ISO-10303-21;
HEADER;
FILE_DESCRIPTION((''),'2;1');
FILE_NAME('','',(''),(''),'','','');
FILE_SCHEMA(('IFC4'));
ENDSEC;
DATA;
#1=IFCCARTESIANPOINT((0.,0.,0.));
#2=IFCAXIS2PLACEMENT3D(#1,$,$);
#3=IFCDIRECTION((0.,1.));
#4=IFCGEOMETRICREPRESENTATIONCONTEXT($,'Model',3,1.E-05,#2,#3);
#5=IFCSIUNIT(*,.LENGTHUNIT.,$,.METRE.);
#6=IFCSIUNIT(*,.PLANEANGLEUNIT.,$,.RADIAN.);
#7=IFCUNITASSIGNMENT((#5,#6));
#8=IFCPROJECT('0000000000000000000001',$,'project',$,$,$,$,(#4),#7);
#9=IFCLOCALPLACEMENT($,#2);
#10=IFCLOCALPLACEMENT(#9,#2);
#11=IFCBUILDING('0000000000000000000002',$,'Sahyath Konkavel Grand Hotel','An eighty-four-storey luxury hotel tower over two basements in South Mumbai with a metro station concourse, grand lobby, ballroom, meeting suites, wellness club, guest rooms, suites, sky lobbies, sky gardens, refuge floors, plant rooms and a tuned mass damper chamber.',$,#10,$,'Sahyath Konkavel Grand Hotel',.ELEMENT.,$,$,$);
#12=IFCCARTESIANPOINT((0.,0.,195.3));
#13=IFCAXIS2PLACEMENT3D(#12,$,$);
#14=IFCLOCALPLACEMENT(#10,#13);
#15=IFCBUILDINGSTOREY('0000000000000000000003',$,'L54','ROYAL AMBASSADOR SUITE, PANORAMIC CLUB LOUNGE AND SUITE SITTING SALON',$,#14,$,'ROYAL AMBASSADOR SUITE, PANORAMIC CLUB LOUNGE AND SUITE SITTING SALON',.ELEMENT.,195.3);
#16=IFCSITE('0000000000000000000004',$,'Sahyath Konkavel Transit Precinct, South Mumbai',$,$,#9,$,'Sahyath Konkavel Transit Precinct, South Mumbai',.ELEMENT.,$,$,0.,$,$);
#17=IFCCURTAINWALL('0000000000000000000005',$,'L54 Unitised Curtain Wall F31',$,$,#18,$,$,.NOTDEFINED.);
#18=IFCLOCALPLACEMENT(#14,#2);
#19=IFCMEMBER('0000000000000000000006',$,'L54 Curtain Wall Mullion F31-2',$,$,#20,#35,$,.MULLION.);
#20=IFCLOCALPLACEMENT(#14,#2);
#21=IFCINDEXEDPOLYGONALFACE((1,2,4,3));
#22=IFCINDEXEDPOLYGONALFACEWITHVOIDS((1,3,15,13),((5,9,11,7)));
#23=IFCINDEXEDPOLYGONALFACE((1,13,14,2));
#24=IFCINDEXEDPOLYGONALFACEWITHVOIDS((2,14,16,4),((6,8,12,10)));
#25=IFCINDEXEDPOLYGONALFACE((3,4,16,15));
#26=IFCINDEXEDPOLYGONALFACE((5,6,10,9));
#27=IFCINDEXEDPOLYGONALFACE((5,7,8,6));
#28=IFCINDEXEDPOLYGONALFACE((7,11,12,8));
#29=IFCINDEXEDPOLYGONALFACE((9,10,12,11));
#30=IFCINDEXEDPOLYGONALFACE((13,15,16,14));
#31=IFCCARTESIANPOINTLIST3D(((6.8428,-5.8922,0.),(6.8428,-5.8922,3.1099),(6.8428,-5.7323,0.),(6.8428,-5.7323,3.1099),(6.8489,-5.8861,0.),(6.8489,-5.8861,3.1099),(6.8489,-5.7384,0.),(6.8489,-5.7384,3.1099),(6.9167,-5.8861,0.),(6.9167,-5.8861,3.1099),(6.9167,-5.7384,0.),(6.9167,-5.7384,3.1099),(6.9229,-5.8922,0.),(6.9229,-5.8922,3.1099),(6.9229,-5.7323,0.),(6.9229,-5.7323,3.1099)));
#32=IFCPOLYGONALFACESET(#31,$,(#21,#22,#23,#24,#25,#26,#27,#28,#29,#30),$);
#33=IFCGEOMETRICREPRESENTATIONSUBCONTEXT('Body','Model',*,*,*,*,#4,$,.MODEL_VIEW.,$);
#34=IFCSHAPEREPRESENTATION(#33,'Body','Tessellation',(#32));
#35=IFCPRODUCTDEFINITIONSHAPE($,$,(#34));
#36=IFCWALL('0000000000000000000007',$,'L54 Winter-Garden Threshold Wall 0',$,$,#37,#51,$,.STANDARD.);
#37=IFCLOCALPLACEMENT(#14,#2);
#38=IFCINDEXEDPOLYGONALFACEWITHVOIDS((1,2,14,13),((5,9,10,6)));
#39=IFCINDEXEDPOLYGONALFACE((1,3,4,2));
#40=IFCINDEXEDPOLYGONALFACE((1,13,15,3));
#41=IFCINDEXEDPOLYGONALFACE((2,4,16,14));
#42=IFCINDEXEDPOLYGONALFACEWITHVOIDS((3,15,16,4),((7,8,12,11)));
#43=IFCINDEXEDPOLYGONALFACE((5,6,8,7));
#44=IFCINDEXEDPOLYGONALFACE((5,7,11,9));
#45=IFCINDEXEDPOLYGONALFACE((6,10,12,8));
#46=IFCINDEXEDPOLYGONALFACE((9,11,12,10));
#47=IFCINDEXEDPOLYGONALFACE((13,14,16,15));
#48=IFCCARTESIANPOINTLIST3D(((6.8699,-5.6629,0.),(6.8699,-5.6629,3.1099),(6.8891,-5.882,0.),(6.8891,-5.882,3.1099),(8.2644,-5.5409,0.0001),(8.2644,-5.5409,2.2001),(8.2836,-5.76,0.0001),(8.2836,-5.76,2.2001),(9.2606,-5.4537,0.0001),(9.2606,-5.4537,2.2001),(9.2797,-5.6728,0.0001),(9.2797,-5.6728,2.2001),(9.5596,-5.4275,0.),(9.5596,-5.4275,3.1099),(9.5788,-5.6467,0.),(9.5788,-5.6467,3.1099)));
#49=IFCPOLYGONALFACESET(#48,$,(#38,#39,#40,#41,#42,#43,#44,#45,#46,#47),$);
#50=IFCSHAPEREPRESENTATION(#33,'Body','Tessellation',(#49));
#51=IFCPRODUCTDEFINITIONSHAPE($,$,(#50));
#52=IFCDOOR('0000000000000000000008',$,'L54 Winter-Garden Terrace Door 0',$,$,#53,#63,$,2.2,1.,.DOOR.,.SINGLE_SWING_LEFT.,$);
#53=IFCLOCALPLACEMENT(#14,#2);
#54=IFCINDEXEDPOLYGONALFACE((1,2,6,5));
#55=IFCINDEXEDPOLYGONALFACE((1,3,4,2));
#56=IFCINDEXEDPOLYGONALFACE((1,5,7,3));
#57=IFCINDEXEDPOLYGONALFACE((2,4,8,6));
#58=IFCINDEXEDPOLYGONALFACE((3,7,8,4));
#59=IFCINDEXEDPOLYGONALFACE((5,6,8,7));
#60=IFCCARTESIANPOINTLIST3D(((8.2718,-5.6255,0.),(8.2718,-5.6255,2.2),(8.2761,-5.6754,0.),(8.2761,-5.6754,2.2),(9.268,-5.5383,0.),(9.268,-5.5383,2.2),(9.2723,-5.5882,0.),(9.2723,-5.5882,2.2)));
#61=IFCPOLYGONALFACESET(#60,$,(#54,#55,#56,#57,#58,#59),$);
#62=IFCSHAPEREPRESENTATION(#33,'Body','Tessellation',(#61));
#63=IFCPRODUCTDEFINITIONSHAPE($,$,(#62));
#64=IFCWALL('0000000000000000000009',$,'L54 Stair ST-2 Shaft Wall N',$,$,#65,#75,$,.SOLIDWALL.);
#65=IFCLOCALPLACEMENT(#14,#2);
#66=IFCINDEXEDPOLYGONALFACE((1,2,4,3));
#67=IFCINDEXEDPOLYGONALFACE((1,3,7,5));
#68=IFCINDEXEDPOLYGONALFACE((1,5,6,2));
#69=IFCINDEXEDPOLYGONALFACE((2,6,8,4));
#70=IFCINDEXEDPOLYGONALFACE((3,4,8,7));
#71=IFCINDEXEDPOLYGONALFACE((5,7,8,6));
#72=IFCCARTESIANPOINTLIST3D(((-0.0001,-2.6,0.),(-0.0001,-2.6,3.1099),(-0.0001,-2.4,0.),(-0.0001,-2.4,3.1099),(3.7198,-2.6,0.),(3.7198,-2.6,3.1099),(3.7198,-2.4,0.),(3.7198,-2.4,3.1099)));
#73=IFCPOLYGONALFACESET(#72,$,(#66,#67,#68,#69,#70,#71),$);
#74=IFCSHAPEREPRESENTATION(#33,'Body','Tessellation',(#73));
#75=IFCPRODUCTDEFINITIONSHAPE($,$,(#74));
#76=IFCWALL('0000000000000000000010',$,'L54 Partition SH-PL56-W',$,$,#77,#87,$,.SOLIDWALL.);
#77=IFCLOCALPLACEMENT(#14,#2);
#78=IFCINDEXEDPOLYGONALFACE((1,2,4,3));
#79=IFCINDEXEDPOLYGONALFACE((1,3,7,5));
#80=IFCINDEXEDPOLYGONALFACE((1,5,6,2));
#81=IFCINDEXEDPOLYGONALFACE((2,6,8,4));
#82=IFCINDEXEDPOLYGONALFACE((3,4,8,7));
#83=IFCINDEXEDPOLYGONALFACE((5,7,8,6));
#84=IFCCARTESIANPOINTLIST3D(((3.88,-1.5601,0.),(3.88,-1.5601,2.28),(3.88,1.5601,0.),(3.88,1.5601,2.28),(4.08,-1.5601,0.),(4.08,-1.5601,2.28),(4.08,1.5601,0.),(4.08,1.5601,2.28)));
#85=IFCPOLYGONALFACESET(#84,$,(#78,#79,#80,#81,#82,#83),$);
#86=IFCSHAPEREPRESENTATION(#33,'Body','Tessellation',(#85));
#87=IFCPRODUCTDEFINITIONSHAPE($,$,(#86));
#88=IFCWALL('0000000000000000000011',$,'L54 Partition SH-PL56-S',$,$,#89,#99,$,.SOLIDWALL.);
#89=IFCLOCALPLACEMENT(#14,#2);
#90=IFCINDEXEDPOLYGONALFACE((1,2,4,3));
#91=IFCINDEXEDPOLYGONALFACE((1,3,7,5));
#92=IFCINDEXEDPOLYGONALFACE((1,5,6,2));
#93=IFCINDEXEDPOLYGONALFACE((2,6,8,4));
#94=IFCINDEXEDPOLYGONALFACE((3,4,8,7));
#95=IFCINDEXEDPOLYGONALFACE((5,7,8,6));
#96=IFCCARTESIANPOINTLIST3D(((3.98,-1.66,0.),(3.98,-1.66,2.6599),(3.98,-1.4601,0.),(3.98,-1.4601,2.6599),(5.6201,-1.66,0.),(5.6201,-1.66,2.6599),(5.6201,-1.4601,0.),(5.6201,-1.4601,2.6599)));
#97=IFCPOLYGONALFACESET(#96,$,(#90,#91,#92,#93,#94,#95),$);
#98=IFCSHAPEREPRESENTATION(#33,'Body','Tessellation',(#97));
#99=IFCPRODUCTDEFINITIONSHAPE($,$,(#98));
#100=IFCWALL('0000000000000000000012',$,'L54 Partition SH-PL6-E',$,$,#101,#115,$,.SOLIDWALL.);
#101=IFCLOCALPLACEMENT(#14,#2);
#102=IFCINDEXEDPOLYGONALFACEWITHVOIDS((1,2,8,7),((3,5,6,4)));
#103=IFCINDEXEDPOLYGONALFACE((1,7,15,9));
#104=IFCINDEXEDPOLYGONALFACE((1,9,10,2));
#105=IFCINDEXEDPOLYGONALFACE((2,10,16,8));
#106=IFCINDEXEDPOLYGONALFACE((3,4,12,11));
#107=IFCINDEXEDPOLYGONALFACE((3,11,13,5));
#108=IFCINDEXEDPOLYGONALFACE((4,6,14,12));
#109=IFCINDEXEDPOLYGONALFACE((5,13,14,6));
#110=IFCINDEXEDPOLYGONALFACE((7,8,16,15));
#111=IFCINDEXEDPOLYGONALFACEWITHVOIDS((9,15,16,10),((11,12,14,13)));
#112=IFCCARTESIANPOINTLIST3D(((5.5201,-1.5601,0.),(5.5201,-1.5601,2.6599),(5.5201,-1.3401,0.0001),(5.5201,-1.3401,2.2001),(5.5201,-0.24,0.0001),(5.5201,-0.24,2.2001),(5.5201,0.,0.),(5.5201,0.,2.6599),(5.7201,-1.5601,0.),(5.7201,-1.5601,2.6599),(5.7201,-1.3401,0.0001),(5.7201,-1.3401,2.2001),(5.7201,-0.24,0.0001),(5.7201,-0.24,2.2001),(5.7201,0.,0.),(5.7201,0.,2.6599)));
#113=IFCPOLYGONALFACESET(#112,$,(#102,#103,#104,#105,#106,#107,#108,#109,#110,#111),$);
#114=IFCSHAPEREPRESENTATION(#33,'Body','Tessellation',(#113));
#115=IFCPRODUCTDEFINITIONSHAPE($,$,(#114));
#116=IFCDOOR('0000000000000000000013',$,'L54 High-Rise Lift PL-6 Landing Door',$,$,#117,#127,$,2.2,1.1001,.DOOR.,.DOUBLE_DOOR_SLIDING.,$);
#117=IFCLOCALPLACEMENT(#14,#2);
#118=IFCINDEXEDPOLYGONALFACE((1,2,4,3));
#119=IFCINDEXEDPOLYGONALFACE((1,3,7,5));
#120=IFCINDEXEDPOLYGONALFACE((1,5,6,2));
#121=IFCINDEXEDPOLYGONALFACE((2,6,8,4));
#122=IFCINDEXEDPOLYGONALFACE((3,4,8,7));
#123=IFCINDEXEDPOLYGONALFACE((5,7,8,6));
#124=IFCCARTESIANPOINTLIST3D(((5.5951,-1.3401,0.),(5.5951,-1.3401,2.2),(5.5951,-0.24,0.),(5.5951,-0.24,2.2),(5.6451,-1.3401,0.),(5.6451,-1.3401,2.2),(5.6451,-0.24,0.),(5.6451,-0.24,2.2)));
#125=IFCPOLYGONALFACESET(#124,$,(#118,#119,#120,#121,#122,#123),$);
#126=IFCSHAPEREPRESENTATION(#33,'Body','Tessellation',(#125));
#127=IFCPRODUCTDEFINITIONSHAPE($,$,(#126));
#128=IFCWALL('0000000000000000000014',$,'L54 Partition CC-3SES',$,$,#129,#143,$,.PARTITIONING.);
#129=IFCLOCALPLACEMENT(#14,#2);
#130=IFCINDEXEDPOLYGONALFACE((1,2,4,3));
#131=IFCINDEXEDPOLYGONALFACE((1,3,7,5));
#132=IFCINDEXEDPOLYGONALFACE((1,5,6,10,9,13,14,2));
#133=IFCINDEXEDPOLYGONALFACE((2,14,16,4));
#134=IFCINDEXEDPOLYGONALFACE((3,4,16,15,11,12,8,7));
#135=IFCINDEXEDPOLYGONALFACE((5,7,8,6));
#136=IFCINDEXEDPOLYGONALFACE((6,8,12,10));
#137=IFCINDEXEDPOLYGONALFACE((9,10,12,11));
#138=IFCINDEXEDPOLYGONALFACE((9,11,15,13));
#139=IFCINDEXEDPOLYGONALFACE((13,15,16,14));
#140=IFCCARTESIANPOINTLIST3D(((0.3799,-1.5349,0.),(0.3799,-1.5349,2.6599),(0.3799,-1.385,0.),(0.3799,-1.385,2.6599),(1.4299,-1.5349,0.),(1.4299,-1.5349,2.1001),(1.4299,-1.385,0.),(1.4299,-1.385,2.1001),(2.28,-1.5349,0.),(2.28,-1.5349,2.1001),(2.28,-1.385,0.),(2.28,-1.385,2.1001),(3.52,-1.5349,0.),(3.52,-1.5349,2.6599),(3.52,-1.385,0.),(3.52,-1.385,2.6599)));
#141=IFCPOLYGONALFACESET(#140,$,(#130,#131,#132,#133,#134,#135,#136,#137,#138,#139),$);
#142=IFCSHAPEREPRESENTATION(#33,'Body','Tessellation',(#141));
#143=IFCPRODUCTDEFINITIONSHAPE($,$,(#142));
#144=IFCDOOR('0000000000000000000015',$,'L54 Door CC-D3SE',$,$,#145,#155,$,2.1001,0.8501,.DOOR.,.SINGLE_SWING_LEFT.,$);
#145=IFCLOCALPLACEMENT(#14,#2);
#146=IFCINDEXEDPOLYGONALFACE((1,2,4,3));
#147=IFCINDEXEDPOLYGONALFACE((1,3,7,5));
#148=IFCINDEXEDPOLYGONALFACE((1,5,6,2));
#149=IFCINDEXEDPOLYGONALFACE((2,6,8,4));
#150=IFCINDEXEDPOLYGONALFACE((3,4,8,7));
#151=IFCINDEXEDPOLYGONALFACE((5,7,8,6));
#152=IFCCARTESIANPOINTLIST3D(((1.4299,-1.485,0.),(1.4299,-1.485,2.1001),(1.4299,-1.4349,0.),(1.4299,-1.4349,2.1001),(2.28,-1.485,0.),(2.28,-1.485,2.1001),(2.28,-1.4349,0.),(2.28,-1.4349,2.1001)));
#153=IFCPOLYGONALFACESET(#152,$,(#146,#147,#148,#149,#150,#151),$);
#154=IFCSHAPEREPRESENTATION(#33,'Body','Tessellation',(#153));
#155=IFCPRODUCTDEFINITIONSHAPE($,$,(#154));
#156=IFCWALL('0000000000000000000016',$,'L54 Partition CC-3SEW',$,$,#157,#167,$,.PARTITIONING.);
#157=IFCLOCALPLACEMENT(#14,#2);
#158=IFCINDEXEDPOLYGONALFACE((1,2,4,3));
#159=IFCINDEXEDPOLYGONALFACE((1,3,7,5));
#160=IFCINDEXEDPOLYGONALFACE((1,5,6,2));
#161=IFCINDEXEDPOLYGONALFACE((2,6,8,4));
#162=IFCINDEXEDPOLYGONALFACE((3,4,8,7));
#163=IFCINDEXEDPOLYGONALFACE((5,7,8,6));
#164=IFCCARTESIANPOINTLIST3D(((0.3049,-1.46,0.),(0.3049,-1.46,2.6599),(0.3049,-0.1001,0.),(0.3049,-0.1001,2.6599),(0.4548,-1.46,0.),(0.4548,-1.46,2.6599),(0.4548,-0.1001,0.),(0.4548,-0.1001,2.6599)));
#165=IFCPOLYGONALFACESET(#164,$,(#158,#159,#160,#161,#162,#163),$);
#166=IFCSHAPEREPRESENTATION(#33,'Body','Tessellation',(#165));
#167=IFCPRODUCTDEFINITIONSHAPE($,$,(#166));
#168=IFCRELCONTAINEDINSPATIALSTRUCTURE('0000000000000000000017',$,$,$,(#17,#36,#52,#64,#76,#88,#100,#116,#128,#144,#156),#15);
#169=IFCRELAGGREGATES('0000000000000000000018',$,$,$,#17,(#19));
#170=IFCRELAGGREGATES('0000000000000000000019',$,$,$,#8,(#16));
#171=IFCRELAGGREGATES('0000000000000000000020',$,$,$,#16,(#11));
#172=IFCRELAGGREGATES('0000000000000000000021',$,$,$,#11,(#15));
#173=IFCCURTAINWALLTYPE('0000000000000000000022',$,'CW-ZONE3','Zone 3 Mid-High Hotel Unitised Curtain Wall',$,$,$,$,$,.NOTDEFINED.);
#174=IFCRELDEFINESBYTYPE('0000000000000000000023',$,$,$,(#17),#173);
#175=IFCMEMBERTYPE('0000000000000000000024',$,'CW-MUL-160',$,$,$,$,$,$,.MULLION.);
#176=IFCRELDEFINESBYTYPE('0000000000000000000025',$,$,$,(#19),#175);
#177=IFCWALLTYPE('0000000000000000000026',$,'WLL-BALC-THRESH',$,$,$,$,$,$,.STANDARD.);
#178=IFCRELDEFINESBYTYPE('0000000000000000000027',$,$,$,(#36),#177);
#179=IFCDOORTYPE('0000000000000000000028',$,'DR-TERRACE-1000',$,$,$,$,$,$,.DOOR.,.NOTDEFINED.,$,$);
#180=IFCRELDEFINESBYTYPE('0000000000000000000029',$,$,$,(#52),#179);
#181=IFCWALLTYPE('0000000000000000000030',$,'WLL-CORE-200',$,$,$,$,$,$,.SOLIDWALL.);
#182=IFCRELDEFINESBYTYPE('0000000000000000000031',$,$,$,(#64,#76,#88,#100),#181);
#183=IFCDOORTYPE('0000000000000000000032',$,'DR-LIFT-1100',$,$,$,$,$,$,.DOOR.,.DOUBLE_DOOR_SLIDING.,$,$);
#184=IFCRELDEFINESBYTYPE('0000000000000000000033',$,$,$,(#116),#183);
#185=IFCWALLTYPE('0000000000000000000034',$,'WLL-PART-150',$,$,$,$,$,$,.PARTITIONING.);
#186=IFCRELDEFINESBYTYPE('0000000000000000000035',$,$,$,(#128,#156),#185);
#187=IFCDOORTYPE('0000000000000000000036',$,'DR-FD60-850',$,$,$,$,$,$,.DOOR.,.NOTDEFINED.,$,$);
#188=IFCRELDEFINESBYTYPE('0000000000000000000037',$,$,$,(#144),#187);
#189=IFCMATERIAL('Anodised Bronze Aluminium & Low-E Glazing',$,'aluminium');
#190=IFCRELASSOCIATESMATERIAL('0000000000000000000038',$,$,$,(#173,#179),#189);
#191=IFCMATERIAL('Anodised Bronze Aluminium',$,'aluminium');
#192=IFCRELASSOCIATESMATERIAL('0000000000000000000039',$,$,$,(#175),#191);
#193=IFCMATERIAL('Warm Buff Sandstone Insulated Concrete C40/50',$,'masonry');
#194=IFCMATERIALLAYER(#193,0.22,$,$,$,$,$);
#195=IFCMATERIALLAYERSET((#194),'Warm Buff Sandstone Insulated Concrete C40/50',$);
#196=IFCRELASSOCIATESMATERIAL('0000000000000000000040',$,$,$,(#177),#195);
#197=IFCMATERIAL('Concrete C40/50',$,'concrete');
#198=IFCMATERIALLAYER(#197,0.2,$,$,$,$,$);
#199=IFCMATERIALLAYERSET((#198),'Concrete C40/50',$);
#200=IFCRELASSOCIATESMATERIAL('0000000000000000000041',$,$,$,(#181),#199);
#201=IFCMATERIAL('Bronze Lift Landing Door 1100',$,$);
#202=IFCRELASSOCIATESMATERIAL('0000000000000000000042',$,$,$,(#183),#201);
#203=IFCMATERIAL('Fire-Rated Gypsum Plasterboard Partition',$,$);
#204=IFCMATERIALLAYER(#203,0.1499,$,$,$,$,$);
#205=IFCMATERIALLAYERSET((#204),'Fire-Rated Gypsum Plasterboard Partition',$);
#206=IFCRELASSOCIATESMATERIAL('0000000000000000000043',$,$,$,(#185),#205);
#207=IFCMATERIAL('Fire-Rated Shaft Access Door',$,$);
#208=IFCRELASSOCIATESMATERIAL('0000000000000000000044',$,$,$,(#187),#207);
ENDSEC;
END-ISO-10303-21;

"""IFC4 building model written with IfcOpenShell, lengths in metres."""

from ifc_helpers import new_model, si_unit, direction, frame, frame_2d, origin, origin_2d, place, context, subcontext, project, spatial, rectangle, hollow_rectangle, extrude, source, transform, mapped, material, layer, layer_set, material_profile, profile_set, type_object, element, fill, aggregate, save


model = new_model("IFC4")

# Units and contexts
model_context = context("Model", 3, precision=1e-05, world=origin(), true_north=direction((0.0, 1.0)))
body_context = subcontext(model_context, "Body", "Model", "MODEL_VIEW")
ifc_project = project(units=[si_unit("LENGTHUNIT", "METRE"), si_unit("PLANEANGLEUNIT", "RADIAN")], contexts=[model_context])

# Site, building, storey
site_placement = place(None, origin())
site = spatial("IfcSite", under=ifc_project, at=site_placement, Name="Sahyath Konkavel Transit Precinct, South Mumbai", LongName="Sahyath Konkavel Transit Precinct, South Mumbai", CompositionType="ELEMENT", RefElevation=0.0)
building_placement = place(site_placement, origin())
building = spatial("IfcBuilding", under=site, at=building_placement, Name="Sahyath Konkavel Grand Hotel", Description="An eighty-four-storey luxury hotel tower over two basements in South Mumbai with a metro station concourse, grand lobby, ballroom, meeting suites, wellness club, guest rooms, suites, sky lobbies, sky gardens, refuge floors, plant rooms and a tuned mass damper chamber.", LongName="Sahyath Konkavel Grand Hotel", CompositionType="ELEMENT")
storey_placement = place(building_placement, frame((0.0, 0.0, 195.3)))
storey = spatial("IfcBuildingStorey", under=building, at=storey_placement, Name="L54", Description="ROYAL AMBASSADOR SUITE, PANORAMIC CLUB LOUNGE AND SUITE SITTING SALON", LongName="ROYAL AMBASSADOR SUITE, PANORAMIC CLUB LOUNGE AND SUITE SITTING SALON", CompositionType="ELEMENT", Elevation=195.3)

# Curtain wall, member
ifc_material_1 = material(Name="Anodised Bronze Aluminium & Low-E Glazing", Category="aluminium")
curtain_wall_type = type_object("IfcCurtainWallType", Name="CW-ZONE3", Description="Zone 3 Mid-High Hotel Unitised Curtain Wall", PredefinedType="NOTDEFINED", material=ifc_material_1)
curtain_wall_placement = place(storey_placement, origin())
curtain_wall = element("IfcCurtainWall", 1, at=curtain_wall_placement, inside=storey, type_object=curtain_wall_type, Name="L54 Unitised Curtain Wall F31", PredefinedType="NOTDEFINED")
ifc_material_2 = material(Name="Anodised Bronze Aluminium", Category="aluminium")
ifc_material_profile_1 = material_profile(ifc_material_2, hollow_rectangle(XDim=0.0801, YDim=0.1599, WallThickness=0.0061, at=origin_2d()), Name="RHS 160x80x6")
ifc_profile_set_1 = profile_set([ifc_material_profile_1], Name="Anodised Bronze Aluminium")
member_type = type_object("IfcMemberType", Name="CW-MUL-160", PredefinedType="MULLION", material=ifc_profile_set_1)
shared_shape_1 = source(origin(), body_context, "Body", "SweptSolid", [
    extrude(hollow_rectangle(XDim=0.0801, YDim=0.1599, WallThickness=0.0061, at=origin_2d()), origin(), (0.0, 0.0, 1.0), 3.1099),
])
member_placement = place(storey_placement, frame((6.8828, -5.8123, 0.0), z_axis=(0.0, 0.0, 1.0), x_axis=(1.0, 0.0, 0.0)))
member = element("IfcMember", 2, at=member_placement, type_object=member_type, Name="L54 Curtain Wall Mullion F31-2", PredefinedType="MULLION", context=body_context, shape_type="MappedRepresentation", body=[
    mapped(shared_shape_1, transform((0.0, 0.0, 0.0), scale=1.0)),
])
aggregate(curtain_wall, [member])

# Wall, opening, door
ifc_material_3 = material(Name="Warm Buff Sandstone Insulated Concrete C40/50", Category="masonry")
ifc_layer_1 = layer(ifc_material_3, 0.22)
ifc_layer_set_1 = layer_set([ifc_layer_1], Name="Warm Buff Sandstone Insulated Concrete C40/50")
wall_type_1 = type_object("IfcWallType", Name="WLL-BALC-THRESH", PredefinedType="STANDARD", material=ifc_layer_set_1)
wall_1_placement = place(storey_placement, frame((6.8794, -5.7725, 0.0), z_axis=(0.0, 0.0, 1.0), x_axis=(0.996194, 0.087168, 0.0)))
wall_1 = element("IfcWall", 3, at=wall_1_placement, inside=storey, type_object=wall_type_1, Name="L54 Winter-Garden Threshold Wall 0", PredefinedType="STANDARD", context=body_context, shape_type="SweptSolid", body=[
    extrude(rectangle(XDim=2.7, YDim=0.22, at=frame_2d((1.3501, 0.0))), origin(), (0.0, 0.0, 1.0), 3.1099),
])
opening_1_placement = place(wall_1_placement, frame((1.3999, 0.0, 0.0)))
opening_1 = element("IfcOpeningElement", 4, at=opening_1_placement, cuts=wall_1, PredefinedType="OPENING", context=body_context, shape_type="SweptSolid", body=[
    extrude(rectangle(XDim=1.0, YDim=2.2, at=frame_2d((0.5, 1.1001))), frame((0.0, 0.1201, 0.0), z_axis=(0.0, -1.0, 0.0), x_axis=(1.0, 0.0, 0.0)), (0.0, 0.0, 1.0), 0.24),
])
door_type_1 = type_object("IfcDoorType", Name="DR-TERRACE-1000", OperationType="NOTDEFINED", PredefinedType="DOOR", material=ifc_material_1)
shared_shape_2 = source(origin(), body_context, "Body", "SweptSolid", [
    extrude(rectangle(XDim=1.0, YDim=0.05, at=origin_2d()), origin(), (0.0, 0.0, 1.0), 2.2),
])
door_1_placement = place(opening_1_placement, frame((0.5, 0.0, 0.0)))
door_1 = element("IfcDoor", 5, at=door_1_placement, inside=storey, type_object=door_type_1, Name="L54 Winter-Garden Terrace Door 0", OperationType="SINGLE_SWING_LEFT", OverallHeight=2.2, OverallWidth=1.0, PredefinedType="DOOR", context=body_context, shape_type="MappedRepresentation", body=[
    mapped(shared_shape_2, transform((0.0, 0.0, 0.0), scale=1.0)),
])
fill(opening_1, door_1)

# Walls
ifc_material_4 = material(Name="Concrete C40/50", Category="concrete")
ifc_layer_2 = layer(ifc_material_4, 0.2)
ifc_layer_set_2 = layer_set([ifc_layer_2], Name="Concrete C40/50")
wall_type_2 = type_object("IfcWallType", Name="WLL-CORE-200", PredefinedType="SOLIDWALL", material=ifc_layer_set_2)
wall_2_placement = place(storey_placement, frame((0.0, -2.5, 0.0), z_axis=(0.0, 0.0, 1.0), x_axis=(1.0, 0.0, 0.0)))
element("IfcWall", 6, at=wall_2_placement, inside=storey, type_object=wall_type_2, Name="L54 Stair ST-2 Shaft Wall N", PredefinedType="SOLIDWALL", context=body_context, shape_type="SweptSolid", body=[
    extrude(rectangle(XDim=3.72, YDim=0.2, at=frame_2d((1.8599, 0.0))), origin(), (0.0, 0.0, 1.0), 3.1099),
])
wall_3_placement = place(storey_placement, frame((3.98, -1.5601, 0.0), z_axis=(0.0, 0.0, 1.0), x_axis=(0.0, 1.0, 0.0)))
element("IfcWall", 7, at=wall_3_placement, inside=storey, type_object=wall_type_2, Name="L54 Partition SH-PL56-W", PredefinedType="SOLIDWALL", context=body_context, shape_type="SweptSolid", body=[
    extrude(rectangle(XDim=3.1201, YDim=0.2, at=frame_2d((1.5601, 0.0))), origin(), (0.0, 0.0, 1.0), 2.28),
])
wall_4_placement = place(storey_placement, frame((3.98, -1.5601, 0.0), z_axis=(0.0, 0.0, 1.0), x_axis=(1.0, 0.0, 0.0)))
element("IfcWall", 8, at=wall_4_placement, inside=storey, type_object=wall_type_2, Name="L54 Partition SH-PL56-S", PredefinedType="SOLIDWALL", context=body_context, shape_type="SweptSolid", body=[
    extrude(rectangle(XDim=1.6401, YDim=0.2, at=frame_2d((0.8201, 0.0))), origin(), (0.0, 0.0, 1.0), 2.6599),
])

# Walls, openings, doors
wall_5_placement = place(storey_placement, frame((5.6201, -1.5601, 0.0), z_axis=(0.0, 0.0, 1.0), x_axis=(0.0, 1.0, 0.0)))
wall_5 = element("IfcWall", 9, at=wall_5_placement, inside=storey, type_object=wall_type_2, Name="L54 Partition SH-PL6-E", PredefinedType="SOLIDWALL", context=body_context, shape_type="SweptSolid", body=[
    extrude(rectangle(XDim=1.5601, YDim=0.2, at=frame_2d((0.78, 0.0))), origin(), (0.0, 0.0, 1.0), 2.6599),
])
opening_2_placement = place(wall_5_placement, frame((0.22, 0.0, 0.0)))
opening_2 = element("IfcOpeningElement", 10, at=opening_2_placement, cuts=wall_5, PredefinedType="OPENING", context=body_context, shape_type="SweptSolid", body=[
    extrude(rectangle(XDim=1.1001, YDim=2.2, at=frame_2d((0.55, 1.1001))), frame((0.0, 0.1099, 0.0), z_axis=(0.0, -1.0, 0.0), x_axis=(1.0, 0.0, 0.0)), (0.0, 0.0, 1.0), 0.22),
])
ifc_material_5 = material(Name="Bronze Lift Landing Door 1100")
door_type_2 = type_object("IfcDoorType", Name="DR-LIFT-1100", OperationType="DOUBLE_DOOR_SLIDING", PredefinedType="DOOR", material=ifc_material_5)
shared_shape_3 = source(origin(), body_context, "Body", "SweptSolid", [
    extrude(rectangle(XDim=1.1001, YDim=0.05, at=origin_2d()), origin(), (0.0, 0.0, 1.0), 2.2),
])
door_2_placement = place(opening_2_placement, frame((0.55, 0.0, 0.0)))
door_2 = element("IfcDoor", 11, at=door_2_placement, inside=storey, type_object=door_type_2, Name="L54 High-Rise Lift PL-6 Landing Door", OperationType="DOUBLE_DOOR_SLIDING", OverallHeight=2.2, OverallWidth=1.1001, PredefinedType="DOOR", context=body_context, shape_type="MappedRepresentation", body=[
    mapped(shared_shape_3, transform((0.0, 0.0, 0.0), scale=1.0)),
])
fill(opening_2, door_2)
ifc_material_6 = material(Name="Fire-Rated Gypsum Plasterboard Partition")
ifc_layer_3 = layer(ifc_material_6, 0.1499)
ifc_layer_set_3 = layer_set([ifc_layer_3], Name="Fire-Rated Gypsum Plasterboard Partition")
wall_type_3 = type_object("IfcWallType", Name="WLL-PART-150", PredefinedType="PARTITIONING", material=ifc_layer_set_3)
wall_6_placement = place(storey_placement, frame((0.3799, -1.46, 0.0), z_axis=(0.0, 0.0, 1.0), x_axis=(1.0, 0.0, 0.0)))
wall_6 = element("IfcWall", 12, at=wall_6_placement, inside=storey, type_object=wall_type_3, Name="L54 Partition CC-3SES", PredefinedType="PARTITIONING", context=body_context, shape_type="SweptSolid", body=[
    extrude(rectangle(XDim=3.1401, YDim=0.1499, at=frame_2d((1.5701, 0.0))), origin(), (0.0, 0.0, 1.0), 2.6599),
])
opening_3_placement = place(wall_6_placement, frame((1.05, 0.0, 0.0)))
opening_3 = element("IfcOpeningElement", 13, at=opening_3_placement, cuts=wall_6, PredefinedType="OPENING", context=body_context, shape_type="SweptSolid", body=[
    extrude(rectangle(XDim=0.8501, YDim=2.1001, at=frame_2d((0.425, 1.05))), frame((0.0, 0.085, 0.0), z_axis=(0.0, -1.0, 0.0), x_axis=(1.0, 0.0, 0.0)), (0.0, 0.0, 1.0), 0.1699),
])
ifc_material_7 = material(Name="Fire-Rated Shaft Access Door")
door_type_3 = type_object("IfcDoorType", Name="DR-FD60-850", OperationType="NOTDEFINED", PredefinedType="DOOR", material=ifc_material_7)
shared_shape_4 = source(origin(), body_context, "Body", "SweptSolid", [
    extrude(rectangle(XDim=0.8501, YDim=0.05, at=origin_2d()), origin(), (0.0, 0.0, 1.0), 2.1001),
])
door_3_placement = place(opening_3_placement, frame((0.425, 0.0, 0.0)))
door_3 = element("IfcDoor", 14, at=door_3_placement, inside=storey, type_object=door_type_3, Name="L54 Door CC-D3SE", OperationType="SINGLE_SWING_LEFT", OverallHeight=2.1001, OverallWidth=0.8501, PredefinedType="DOOR", context=body_context, shape_type="MappedRepresentation", body=[
    mapped(shared_shape_4, transform((0.0, 0.0, 0.0), scale=1.0)),
])
fill(opening_3, door_3)

# Wall
wall_7_placement = place(storey_placement, frame((0.3799, -1.46, 0.0), z_axis=(0.0, 0.0, 1.0), x_axis=(0.0, 1.0, 0.0)))
element("IfcWall", 15, at=wall_7_placement, inside=storey, type_object=wall_type_3, Name="L54 Partition CC-3SEW", PredefinedType="PARTITIONING", context=body_context, shape_type="SweptSolid", body=[
    extrude(rectangle(XDim=1.3599, YDim=0.1499, at=frame_2d((0.6799, 0.0))), origin(), (0.0, 0.0, 1.0), 2.6599),
])

save(model, "model.ifc")
